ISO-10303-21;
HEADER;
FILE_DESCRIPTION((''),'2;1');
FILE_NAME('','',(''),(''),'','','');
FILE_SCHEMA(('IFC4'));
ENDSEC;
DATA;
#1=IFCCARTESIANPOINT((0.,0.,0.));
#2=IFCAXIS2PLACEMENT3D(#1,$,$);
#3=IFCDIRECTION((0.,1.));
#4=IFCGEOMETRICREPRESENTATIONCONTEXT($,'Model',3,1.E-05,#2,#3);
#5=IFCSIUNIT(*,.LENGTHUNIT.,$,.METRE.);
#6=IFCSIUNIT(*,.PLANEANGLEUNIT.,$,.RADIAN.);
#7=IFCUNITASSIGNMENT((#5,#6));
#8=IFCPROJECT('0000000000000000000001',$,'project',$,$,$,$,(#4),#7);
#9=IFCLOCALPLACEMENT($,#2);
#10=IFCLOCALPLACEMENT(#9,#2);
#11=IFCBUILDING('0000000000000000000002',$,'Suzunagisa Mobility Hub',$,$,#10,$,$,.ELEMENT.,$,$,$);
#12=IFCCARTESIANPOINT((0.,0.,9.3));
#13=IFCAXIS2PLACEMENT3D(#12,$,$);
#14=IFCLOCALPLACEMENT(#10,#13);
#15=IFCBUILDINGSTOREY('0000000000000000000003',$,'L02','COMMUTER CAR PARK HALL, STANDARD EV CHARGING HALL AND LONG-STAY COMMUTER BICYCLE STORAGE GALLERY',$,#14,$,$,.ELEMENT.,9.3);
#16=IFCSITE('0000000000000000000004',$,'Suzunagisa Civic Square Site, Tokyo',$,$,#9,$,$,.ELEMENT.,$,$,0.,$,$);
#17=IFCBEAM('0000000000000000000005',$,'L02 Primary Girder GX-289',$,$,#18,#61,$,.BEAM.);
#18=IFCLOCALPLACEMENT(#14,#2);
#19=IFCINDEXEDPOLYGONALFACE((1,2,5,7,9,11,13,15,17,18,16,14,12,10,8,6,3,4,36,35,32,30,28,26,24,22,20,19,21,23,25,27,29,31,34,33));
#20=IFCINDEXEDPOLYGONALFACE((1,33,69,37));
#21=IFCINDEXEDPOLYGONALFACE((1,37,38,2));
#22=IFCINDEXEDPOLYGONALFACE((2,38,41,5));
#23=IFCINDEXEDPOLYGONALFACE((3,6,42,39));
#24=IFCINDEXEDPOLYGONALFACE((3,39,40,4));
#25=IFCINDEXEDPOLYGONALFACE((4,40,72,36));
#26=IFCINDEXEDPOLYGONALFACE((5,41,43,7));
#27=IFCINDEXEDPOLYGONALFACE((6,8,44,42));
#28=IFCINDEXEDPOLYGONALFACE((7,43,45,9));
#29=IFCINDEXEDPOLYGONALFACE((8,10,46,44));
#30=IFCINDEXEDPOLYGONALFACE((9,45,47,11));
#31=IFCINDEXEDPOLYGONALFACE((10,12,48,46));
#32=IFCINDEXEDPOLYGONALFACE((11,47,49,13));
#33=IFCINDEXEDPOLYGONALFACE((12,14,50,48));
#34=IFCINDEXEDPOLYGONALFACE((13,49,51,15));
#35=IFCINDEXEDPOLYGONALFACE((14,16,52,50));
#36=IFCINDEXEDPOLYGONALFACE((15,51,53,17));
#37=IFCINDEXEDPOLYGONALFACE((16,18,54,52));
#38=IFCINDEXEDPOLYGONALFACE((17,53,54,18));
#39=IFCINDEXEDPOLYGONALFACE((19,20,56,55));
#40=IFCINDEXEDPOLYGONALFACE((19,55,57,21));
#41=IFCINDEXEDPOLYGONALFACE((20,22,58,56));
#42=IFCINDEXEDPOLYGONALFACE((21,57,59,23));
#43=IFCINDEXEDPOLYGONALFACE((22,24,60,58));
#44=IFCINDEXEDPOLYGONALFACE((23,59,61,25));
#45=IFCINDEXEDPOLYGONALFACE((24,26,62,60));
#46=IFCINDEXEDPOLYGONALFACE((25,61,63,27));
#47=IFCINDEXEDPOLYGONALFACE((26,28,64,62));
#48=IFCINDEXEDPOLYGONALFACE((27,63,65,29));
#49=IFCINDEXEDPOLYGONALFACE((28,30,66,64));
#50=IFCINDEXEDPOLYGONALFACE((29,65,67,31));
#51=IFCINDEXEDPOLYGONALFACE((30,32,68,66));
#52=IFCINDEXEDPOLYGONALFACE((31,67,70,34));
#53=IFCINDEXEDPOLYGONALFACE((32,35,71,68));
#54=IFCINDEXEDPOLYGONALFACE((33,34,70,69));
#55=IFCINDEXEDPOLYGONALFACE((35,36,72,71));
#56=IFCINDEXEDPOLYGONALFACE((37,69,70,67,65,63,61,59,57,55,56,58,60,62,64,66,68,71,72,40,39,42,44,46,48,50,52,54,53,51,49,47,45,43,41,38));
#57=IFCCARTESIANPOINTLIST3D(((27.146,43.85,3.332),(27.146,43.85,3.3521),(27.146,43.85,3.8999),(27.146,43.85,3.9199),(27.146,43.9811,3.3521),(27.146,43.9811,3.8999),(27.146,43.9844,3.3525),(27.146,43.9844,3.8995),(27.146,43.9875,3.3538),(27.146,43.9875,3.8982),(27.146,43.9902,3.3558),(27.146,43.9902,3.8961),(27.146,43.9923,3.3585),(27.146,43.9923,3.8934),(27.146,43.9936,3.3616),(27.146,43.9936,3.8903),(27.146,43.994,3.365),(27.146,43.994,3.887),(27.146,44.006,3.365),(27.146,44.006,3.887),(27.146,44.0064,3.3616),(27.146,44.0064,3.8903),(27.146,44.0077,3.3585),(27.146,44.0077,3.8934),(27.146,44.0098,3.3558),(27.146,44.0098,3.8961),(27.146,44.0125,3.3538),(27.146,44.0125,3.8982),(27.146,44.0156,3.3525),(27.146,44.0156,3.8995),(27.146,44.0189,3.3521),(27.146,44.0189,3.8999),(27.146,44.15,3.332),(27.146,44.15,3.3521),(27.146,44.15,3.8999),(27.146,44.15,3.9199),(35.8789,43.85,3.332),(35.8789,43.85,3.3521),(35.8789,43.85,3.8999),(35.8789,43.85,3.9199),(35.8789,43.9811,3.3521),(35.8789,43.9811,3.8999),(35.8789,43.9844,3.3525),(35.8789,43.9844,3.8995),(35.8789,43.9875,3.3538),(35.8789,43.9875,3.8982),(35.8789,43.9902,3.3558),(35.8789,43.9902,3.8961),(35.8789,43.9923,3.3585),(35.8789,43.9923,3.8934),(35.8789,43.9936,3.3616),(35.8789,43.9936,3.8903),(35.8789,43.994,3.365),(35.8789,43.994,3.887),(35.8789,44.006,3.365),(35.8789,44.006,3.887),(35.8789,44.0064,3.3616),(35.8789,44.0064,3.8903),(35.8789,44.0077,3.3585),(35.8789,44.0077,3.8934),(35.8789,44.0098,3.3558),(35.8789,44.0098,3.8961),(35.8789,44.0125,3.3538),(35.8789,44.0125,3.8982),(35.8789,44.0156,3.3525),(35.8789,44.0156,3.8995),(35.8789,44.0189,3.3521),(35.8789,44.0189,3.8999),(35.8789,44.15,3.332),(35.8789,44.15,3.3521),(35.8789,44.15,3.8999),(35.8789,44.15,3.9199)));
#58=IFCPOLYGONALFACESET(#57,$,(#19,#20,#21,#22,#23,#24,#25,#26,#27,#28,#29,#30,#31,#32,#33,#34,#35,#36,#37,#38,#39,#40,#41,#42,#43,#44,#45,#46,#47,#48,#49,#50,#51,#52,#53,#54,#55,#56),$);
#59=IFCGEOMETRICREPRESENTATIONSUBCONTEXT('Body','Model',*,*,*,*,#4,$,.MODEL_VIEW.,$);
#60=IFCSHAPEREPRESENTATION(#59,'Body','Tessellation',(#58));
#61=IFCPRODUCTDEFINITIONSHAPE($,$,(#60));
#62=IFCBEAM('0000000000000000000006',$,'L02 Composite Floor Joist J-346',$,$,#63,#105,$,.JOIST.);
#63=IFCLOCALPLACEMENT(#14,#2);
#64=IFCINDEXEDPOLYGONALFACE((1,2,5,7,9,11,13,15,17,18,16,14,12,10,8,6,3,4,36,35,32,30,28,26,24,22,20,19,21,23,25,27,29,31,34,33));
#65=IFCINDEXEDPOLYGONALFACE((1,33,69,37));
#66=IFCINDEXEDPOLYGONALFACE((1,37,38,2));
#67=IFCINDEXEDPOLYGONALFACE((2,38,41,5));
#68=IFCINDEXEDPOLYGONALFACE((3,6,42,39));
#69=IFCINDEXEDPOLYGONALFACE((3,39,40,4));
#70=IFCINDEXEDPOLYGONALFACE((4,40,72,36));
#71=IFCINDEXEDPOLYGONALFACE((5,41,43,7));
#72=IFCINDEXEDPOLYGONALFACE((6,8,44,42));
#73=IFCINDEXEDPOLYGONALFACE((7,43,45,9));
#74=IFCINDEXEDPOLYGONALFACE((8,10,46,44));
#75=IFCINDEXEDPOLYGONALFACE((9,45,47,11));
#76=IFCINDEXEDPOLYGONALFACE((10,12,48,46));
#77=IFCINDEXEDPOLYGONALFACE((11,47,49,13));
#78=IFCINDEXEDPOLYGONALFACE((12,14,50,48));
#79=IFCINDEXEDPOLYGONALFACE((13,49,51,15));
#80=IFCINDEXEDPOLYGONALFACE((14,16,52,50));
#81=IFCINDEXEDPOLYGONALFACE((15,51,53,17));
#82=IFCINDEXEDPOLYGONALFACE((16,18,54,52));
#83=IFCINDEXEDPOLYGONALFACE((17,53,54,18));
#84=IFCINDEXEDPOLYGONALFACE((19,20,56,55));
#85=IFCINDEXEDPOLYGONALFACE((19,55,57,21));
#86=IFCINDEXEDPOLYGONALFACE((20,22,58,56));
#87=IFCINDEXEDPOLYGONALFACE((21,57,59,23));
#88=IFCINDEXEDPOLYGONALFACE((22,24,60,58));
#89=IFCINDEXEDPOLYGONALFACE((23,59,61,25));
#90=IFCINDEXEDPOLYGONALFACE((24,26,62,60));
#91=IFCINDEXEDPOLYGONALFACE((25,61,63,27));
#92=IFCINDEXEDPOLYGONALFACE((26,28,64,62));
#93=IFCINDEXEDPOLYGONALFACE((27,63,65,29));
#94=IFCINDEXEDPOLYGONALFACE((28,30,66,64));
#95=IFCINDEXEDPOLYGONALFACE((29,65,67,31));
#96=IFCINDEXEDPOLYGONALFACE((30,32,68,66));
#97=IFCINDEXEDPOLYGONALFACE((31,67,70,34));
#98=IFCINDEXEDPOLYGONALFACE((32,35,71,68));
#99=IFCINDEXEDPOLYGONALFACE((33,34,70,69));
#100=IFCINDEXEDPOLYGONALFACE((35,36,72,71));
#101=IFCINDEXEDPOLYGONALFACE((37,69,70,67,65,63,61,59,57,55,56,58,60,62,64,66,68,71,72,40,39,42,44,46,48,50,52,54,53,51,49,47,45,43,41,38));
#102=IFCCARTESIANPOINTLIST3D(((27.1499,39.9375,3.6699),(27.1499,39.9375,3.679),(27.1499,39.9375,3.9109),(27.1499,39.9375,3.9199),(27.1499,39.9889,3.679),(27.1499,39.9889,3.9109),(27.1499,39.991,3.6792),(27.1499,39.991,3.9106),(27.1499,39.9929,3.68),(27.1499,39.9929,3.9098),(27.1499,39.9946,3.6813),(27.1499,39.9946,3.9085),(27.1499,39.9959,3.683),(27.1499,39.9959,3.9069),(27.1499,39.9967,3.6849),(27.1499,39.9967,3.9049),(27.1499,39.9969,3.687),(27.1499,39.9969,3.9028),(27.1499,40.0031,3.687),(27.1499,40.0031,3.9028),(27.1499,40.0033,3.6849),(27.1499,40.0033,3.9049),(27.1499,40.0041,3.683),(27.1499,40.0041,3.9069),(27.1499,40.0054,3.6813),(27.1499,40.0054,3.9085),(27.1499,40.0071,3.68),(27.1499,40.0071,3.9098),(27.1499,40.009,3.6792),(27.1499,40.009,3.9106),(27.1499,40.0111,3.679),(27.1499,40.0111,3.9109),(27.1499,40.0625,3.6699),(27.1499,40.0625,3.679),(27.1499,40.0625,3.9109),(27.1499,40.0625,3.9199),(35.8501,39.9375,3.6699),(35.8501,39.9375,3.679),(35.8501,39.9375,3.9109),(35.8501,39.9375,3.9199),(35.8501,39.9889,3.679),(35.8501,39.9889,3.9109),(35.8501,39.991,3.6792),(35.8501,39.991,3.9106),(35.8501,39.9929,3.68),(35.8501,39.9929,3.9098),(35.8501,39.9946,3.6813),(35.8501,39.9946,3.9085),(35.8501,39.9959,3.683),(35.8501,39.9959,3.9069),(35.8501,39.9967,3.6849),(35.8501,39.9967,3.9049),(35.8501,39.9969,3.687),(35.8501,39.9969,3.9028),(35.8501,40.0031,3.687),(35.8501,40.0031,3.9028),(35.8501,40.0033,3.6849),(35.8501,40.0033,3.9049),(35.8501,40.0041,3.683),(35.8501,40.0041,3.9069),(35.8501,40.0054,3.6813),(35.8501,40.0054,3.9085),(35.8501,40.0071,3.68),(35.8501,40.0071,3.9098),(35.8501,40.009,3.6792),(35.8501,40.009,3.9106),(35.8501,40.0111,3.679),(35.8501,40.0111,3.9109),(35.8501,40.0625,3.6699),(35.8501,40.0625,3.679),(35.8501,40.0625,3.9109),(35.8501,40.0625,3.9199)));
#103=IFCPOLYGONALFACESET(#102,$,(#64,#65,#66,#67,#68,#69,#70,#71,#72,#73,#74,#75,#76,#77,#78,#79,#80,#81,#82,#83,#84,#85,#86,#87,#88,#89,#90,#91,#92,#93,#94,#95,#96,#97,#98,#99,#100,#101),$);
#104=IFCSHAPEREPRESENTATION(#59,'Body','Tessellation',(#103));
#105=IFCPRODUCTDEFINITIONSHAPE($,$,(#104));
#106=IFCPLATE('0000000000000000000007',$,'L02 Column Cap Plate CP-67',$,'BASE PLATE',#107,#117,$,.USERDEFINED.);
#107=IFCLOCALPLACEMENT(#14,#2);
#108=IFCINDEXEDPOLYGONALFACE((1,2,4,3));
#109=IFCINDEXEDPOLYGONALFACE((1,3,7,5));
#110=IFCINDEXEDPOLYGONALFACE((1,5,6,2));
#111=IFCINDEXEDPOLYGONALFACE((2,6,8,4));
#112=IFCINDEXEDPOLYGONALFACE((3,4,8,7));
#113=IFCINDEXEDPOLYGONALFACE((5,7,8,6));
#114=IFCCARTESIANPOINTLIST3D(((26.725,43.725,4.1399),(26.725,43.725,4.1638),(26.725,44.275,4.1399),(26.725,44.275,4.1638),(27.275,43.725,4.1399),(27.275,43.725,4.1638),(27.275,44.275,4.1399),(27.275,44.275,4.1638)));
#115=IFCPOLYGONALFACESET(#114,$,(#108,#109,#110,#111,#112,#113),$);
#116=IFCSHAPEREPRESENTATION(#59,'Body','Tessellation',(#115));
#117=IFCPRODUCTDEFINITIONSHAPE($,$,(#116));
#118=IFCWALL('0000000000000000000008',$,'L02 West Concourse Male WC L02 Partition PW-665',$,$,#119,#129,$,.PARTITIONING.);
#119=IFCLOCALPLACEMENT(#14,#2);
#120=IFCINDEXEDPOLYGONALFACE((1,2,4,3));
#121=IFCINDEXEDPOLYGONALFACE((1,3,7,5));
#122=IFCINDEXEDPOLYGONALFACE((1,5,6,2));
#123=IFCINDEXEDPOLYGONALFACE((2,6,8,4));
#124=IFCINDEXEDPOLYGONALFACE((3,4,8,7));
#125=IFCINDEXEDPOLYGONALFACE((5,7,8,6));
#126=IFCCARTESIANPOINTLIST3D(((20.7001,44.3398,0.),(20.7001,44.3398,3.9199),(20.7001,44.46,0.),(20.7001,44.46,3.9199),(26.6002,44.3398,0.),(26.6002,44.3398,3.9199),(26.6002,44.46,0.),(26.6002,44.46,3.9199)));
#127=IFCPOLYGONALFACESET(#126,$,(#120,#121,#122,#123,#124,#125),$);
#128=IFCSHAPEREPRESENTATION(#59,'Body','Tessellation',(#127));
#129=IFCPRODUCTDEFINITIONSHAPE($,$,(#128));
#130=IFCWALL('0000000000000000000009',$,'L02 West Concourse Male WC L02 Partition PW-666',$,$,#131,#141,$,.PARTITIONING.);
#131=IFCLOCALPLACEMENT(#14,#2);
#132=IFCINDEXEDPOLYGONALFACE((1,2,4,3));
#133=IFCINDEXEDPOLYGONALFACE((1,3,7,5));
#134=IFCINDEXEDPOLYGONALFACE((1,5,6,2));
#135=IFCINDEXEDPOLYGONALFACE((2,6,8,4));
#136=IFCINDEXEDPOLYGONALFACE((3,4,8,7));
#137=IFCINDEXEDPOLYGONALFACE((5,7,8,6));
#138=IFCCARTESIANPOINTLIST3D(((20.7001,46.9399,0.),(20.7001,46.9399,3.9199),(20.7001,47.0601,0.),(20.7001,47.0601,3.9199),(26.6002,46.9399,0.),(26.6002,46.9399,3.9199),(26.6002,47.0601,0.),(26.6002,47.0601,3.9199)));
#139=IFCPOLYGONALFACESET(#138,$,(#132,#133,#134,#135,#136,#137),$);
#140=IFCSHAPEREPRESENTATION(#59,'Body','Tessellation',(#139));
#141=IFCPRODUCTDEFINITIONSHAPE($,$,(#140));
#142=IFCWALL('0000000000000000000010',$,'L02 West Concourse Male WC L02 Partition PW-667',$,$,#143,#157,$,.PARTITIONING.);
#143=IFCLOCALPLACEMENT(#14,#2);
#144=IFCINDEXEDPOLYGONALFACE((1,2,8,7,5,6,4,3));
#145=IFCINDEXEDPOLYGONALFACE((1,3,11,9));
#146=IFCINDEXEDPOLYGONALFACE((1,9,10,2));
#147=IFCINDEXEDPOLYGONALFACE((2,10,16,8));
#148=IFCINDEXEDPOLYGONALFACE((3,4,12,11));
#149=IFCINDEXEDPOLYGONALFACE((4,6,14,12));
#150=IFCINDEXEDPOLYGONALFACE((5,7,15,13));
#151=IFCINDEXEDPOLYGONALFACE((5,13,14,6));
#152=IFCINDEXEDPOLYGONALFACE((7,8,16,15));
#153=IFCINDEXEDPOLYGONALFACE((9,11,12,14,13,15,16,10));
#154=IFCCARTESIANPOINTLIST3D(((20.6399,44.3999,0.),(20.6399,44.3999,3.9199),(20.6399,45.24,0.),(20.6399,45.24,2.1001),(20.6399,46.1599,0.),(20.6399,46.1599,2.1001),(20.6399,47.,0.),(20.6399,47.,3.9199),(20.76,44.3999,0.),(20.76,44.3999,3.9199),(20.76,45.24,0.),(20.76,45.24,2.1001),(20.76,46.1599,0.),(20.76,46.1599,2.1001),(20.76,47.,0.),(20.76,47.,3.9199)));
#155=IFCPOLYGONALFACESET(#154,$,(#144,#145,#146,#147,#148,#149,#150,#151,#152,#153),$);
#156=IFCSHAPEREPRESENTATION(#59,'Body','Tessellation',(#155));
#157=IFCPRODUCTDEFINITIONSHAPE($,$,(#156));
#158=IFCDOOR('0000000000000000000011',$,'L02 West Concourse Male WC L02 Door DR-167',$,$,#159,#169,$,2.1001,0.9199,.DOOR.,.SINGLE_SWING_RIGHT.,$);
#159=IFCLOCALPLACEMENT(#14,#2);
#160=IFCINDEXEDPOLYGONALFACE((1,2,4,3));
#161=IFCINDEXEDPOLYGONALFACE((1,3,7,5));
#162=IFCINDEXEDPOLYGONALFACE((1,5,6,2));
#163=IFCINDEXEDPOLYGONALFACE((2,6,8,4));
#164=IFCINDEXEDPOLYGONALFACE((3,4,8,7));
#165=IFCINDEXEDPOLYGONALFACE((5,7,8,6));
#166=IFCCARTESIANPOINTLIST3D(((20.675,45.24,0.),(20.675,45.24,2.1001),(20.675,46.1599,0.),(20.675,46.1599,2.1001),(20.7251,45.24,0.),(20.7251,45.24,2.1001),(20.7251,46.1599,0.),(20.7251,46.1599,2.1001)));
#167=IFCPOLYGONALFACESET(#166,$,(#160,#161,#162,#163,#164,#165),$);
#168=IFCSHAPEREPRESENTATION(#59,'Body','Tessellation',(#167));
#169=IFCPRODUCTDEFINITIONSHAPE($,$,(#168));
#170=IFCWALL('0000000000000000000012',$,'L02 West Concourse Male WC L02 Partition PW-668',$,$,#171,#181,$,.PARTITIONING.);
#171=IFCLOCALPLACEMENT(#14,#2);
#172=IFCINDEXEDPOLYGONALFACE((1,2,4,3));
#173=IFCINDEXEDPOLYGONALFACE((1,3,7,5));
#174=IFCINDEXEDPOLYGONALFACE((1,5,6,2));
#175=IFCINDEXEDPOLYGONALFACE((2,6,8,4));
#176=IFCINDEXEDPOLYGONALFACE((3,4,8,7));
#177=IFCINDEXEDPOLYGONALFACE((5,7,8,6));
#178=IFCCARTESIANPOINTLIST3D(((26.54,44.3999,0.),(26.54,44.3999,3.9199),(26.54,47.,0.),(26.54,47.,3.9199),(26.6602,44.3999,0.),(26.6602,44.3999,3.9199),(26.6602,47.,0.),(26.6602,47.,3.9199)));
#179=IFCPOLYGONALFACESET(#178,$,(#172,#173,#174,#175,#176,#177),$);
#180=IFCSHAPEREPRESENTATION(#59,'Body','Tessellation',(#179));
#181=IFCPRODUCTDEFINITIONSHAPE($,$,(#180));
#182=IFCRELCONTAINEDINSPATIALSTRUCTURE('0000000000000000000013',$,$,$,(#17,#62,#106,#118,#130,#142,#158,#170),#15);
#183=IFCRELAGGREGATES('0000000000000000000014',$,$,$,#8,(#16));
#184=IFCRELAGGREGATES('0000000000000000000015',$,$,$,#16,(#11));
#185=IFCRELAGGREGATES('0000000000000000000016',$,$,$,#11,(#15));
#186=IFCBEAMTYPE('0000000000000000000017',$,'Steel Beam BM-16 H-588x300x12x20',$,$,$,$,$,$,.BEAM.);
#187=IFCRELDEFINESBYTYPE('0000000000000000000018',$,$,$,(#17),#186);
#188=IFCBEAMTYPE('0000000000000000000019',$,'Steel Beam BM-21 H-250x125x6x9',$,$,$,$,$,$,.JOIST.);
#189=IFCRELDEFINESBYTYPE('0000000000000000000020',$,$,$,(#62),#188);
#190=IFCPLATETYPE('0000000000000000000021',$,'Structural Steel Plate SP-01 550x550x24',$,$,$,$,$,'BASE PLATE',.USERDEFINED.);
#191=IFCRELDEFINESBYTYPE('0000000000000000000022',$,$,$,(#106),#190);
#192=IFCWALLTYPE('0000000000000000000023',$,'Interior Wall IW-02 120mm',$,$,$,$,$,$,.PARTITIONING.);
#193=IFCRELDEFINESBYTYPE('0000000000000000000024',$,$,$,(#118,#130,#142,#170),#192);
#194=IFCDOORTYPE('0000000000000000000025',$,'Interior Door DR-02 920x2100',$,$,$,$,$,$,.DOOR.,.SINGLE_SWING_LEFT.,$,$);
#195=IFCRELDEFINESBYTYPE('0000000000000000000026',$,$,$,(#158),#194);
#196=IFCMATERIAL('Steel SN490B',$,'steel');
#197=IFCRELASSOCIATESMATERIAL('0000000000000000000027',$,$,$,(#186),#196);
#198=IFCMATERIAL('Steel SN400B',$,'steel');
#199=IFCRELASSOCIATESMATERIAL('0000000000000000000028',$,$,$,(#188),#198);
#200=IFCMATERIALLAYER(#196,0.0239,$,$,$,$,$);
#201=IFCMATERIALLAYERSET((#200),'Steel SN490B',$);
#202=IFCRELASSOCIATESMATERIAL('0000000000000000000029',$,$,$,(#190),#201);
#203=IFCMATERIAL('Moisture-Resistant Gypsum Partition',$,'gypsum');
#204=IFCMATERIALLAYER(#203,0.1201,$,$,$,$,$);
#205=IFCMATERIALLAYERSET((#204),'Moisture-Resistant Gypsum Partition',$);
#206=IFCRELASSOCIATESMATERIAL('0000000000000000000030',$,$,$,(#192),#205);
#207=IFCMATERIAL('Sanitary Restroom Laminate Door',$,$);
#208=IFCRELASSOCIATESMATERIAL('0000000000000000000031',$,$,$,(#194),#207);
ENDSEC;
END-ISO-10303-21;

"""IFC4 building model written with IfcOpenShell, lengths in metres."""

from ifc_helpers import new_model, si_unit, direction, frame, frame_2d, origin, origin_2d, place, context, subcontext, project, spatial, rectangle, i_section, extrude, material, layer, layer_set, material_profile, profile_set, type_object, element, fill, save


model = new_model("IFC4")

# Units and contexts
model_context = context("Model", 3, precision=1e-05, world=origin(), true_north=direction((0.0, 1.0)))
body_context = subcontext(model_context, "Body", "Model", "MODEL_VIEW")
ifc_project = project(units=[si_unit("LENGTHUNIT", "METRE"), si_unit("PLANEANGLEUNIT", "RADIAN")], contexts=[model_context])

# Site, building, storey
site_placement = place(None, origin())
site = spatial("IfcSite", under=ifc_project, at=site_placement, Name="Suzunagisa Civic Square Site, Tokyo", CompositionType="ELEMENT", RefElevation=0.0)
building_placement = place(site_placement, origin())
building = spatial("IfcBuilding", under=site, at=building_placement, Name="Suzunagisa Mobility Hub", CompositionType="ELEMENT")
storey_placement = place(building_placement, frame((0.0, 0.0, 9.3)))
storey = spatial("IfcBuildingStorey", under=building, at=storey_placement, Name="L02", Description="COMMUTER CAR PARK HALL, STANDARD EV CHARGING HALL AND LONG-STAY COMMUTER BICYCLE STORAGE GALLERY", CompositionType="ELEMENT", Elevation=9.3)

# Shared definitions
ifc_material_1 = material(Name="Steel SN490B", Category="steel")

# Beams
ifc_material_profile_1 = material_profile(ifc_material_1, i_section(OverallWidth=0.3, OverallDepth=0.5879, WebThickness=0.012, FlangeThickness=0.02, FilletRadius=0.0129, at=origin_2d()), Name="H-588x300x12x20")
ifc_profile_set_1 = profile_set([ifc_material_profile_1], Name="Steel SN490B")
beam_type_1 = type_object("IfcBeamType", Name="Steel Beam BM-16 H-588x300x12x20", PredefinedType="BEAM", material=ifc_profile_set_1)
beam_1_placement = place(storey_placement, frame((27.146, 44.0, 3.626), z_axis=(1.0, 0.0, 0.0), x_axis=(0.0, 1.0, 0.0)))
element("IfcBeam", 1, at=beam_1_placement, inside=storey, type_object=beam_type_1, Name="L02 Primary Girder GX-289", PredefinedType="BEAM", context=body_context, shape_type="SweptSolid", body=[
    extrude(i_section(OverallWidth=0.3, OverallDepth=0.5879, WebThickness=0.012, FlangeThickness=0.02, FilletRadius=0.0129, at=origin_2d()), origin(), (0.0, 0.0, 1.0), 8.7329),
])
ifc_material_2 = material(Name="Steel SN400B", Category="steel")
ifc_material_profile_2 = material_profile(ifc_material_2, i_section(OverallWidth=0.125, OverallDepth=0.25, WebThickness=0.0061, FlangeThickness=0.009, FilletRadius=0.0081, at=origin_2d()), Name="H-250x125x6x9")
ifc_profile_set_2 = profile_set([ifc_material_profile_2], Name="Steel SN400B")
beam_type_2 = type_object("IfcBeamType", Name="Steel Beam BM-21 H-250x125x6x9", PredefinedType="JOIST", material=ifc_profile_set_2)
beam_2_placement = place(storey_placement, frame((27.1499, 40.0, 3.7949), z_axis=(1.0, 0.0, 0.0), x_axis=(0.0, 1.0, 0.0)))
element("IfcBeam", 2, at=beam_2_placement, inside=storey, type_object=beam_type_2, Name="L02 Composite Floor Joist J-346", PredefinedType="JOIST", context=body_context, shape_type="SweptSolid", body=[
    extrude(i_section(OverallWidth=0.125, OverallDepth=0.25, WebThickness=0.0061, FlangeThickness=0.009, FilletRadius=0.0081, at=origin_2d()), origin(), (0.0, 0.0, 1.0), 8.7002),
])

# Plate
ifc_layer_1 = layer(ifc_material_1, 0.0239)
ifc_layer_set_1 = layer_set([ifc_layer_1], Name="Steel SN490B")
plate_type = type_object("IfcPlateType", Name="Structural Steel Plate SP-01 550x550x24", ElementType="BASE PLATE", PredefinedType="USERDEFINED", material=ifc_layer_set_1)
plate_placement = place(storey_placement, frame((27.0, 44.0, 4.1399), z_axis=(0.0, 0.0, 1.0), x_axis=(1.0, 0.0, 0.0)))
element("IfcPlate", 3, at=plate_placement, inside=storey, type_object=plate_type, Name="L02 Column Cap Plate CP-67", ObjectType="BASE PLATE", PredefinedType="USERDEFINED", context=body_context, shape_type="SweptSolid", body=[
    extrude(rectangle(XDim=0.55, YDim=0.55, at=origin_2d()), origin(), (0.0, 0.0, 1.0), 0.0239),
])

# Walls
ifc_material_3 = material(Name="Moisture-Resistant Gypsum Partition", Category="gypsum")
ifc_layer_2 = layer(ifc_material_3, 0.1201)
ifc_layer_set_2 = layer_set([ifc_layer_2], Name="Moisture-Resistant Gypsum Partition")
wall_type_1 = type_object("IfcWallType", Name="Interior Wall IW-02 120mm", PredefinedType="PARTITIONING", material=ifc_layer_set_2)
for number, where, z_axis, x_axis, name in (
    (4, (20.7, 44.3999, 0.0), (0.0, 0.0, 1.0), (1.0, 0.0, 0.0), "L02 West Concourse Male WC L02 Partition PW-665"),
    (5, (20.7, 47.0, 0.0), (0.0, 0.0, 1.0), (1.0, 0.0, 0.0), "L02 West Concourse Male WC L02 Partition PW-666"),
):
    element("IfcWall", number, at=place(storey_placement, frame(where, z_axis=z_axis, x_axis=x_axis)), inside=storey, type_object=wall_type_1, Name=name, PredefinedType="PARTITIONING", context=body_context, shape_type="SweptSolid", body=[
        extrude(rectangle(XDim=5.9001, YDim=0.1201, at=frame_2d((2.9502, 0.0))), origin(), (0.0, 0.0, 1.0), 3.9199),
    ])

# Wall, opening, door
wall_1_placement = place(storey_placement, frame((20.7, 44.3999, 0.0), z_axis=(0.0, 0.0, 1.0), x_axis=(0.0, 1.0, 0.0)))
wall_1 = element("IfcWall", 6, at=wall_1_placement, inside=storey, type_object=wall_type_1, Name="L02 West Concourse Male WC L02 Partition PW-667", PredefinedType="PARTITIONING", context=body_context, shape_type="SweptSolid", body=[
    extrude(rectangle(XDim=2.6001, YDim=0.1201, at=frame_2d((1.3, 0.0))), origin(), (0.0, 0.0, 1.0), 3.9199),
])
opening_placement = place(wall_1_placement, frame((0.8401, 0.0, 0.0)))
opening = element("IfcOpeningElement", 7, at=opening_placement, cuts=wall_1, PredefinedType="OPENING", context=body_context, shape_type="SweptSolid", body=[
    extrude(rectangle(XDim=0.9199, YDim=2.1001, at=frame_2d((0.46, 1.05))), frame((0.0, 0.071, 0.0), z_axis=(0.0, -1.0, 0.0), x_axis=(1.0, 0.0, 0.0)), (0.0, 0.0, 1.0), 0.1421),
])
ifc_material_4 = material(Name="Sanitary Restroom Laminate Door")
door_type = type_object("IfcDoorType", Name="Interior Door DR-02 920x2100", OperationType="SINGLE_SWING_LEFT", PredefinedType="DOOR", material=ifc_material_4)
door_placement = place(opening_placement, origin())
door = element("IfcDoor", 8, at=door_placement, inside=storey, type_object=door_type, Name="L02 West Concourse Male WC L02 Door DR-167", OperationType="SINGLE_SWING_RIGHT", OverallHeight=2.1001, OverallWidth=0.9199, PredefinedType="DOOR", context=body_context, shape_type="SweptSolid", body=[
    extrude(rectangle(XDim=0.9199, YDim=2.1001, at=frame_2d((0.46, 1.05))), frame((0.0, 0.0249, 0.0), z_axis=(0.0, -1.0, 0.0), x_axis=(1.0, 0.0, 0.0)), (0.0, 0.0, 1.0), 0.05),
])
fill(opening, door)

# Wall
wall_2_placement = place(storey_placement, frame((26.6001, 44.3999, 0.0), z_axis=(0.0, 0.0, 1.0), x_axis=(0.0, 1.0, 0.0)))
element("IfcWall", 9, at=wall_2_placement, inside=storey, type_object=wall_type_1, Name="L02 West Concourse Male WC L02 Partition PW-668", PredefinedType="PARTITIONING", context=body_context, shape_type="SweptSolid", body=[
    extrude(rectangle(XDim=2.6001, YDim=0.1201, at=frame_2d((1.3, 0.0))), origin(), (0.0, 0.0, 1.0), 3.9199),
])

save(model, "model.ifc")
